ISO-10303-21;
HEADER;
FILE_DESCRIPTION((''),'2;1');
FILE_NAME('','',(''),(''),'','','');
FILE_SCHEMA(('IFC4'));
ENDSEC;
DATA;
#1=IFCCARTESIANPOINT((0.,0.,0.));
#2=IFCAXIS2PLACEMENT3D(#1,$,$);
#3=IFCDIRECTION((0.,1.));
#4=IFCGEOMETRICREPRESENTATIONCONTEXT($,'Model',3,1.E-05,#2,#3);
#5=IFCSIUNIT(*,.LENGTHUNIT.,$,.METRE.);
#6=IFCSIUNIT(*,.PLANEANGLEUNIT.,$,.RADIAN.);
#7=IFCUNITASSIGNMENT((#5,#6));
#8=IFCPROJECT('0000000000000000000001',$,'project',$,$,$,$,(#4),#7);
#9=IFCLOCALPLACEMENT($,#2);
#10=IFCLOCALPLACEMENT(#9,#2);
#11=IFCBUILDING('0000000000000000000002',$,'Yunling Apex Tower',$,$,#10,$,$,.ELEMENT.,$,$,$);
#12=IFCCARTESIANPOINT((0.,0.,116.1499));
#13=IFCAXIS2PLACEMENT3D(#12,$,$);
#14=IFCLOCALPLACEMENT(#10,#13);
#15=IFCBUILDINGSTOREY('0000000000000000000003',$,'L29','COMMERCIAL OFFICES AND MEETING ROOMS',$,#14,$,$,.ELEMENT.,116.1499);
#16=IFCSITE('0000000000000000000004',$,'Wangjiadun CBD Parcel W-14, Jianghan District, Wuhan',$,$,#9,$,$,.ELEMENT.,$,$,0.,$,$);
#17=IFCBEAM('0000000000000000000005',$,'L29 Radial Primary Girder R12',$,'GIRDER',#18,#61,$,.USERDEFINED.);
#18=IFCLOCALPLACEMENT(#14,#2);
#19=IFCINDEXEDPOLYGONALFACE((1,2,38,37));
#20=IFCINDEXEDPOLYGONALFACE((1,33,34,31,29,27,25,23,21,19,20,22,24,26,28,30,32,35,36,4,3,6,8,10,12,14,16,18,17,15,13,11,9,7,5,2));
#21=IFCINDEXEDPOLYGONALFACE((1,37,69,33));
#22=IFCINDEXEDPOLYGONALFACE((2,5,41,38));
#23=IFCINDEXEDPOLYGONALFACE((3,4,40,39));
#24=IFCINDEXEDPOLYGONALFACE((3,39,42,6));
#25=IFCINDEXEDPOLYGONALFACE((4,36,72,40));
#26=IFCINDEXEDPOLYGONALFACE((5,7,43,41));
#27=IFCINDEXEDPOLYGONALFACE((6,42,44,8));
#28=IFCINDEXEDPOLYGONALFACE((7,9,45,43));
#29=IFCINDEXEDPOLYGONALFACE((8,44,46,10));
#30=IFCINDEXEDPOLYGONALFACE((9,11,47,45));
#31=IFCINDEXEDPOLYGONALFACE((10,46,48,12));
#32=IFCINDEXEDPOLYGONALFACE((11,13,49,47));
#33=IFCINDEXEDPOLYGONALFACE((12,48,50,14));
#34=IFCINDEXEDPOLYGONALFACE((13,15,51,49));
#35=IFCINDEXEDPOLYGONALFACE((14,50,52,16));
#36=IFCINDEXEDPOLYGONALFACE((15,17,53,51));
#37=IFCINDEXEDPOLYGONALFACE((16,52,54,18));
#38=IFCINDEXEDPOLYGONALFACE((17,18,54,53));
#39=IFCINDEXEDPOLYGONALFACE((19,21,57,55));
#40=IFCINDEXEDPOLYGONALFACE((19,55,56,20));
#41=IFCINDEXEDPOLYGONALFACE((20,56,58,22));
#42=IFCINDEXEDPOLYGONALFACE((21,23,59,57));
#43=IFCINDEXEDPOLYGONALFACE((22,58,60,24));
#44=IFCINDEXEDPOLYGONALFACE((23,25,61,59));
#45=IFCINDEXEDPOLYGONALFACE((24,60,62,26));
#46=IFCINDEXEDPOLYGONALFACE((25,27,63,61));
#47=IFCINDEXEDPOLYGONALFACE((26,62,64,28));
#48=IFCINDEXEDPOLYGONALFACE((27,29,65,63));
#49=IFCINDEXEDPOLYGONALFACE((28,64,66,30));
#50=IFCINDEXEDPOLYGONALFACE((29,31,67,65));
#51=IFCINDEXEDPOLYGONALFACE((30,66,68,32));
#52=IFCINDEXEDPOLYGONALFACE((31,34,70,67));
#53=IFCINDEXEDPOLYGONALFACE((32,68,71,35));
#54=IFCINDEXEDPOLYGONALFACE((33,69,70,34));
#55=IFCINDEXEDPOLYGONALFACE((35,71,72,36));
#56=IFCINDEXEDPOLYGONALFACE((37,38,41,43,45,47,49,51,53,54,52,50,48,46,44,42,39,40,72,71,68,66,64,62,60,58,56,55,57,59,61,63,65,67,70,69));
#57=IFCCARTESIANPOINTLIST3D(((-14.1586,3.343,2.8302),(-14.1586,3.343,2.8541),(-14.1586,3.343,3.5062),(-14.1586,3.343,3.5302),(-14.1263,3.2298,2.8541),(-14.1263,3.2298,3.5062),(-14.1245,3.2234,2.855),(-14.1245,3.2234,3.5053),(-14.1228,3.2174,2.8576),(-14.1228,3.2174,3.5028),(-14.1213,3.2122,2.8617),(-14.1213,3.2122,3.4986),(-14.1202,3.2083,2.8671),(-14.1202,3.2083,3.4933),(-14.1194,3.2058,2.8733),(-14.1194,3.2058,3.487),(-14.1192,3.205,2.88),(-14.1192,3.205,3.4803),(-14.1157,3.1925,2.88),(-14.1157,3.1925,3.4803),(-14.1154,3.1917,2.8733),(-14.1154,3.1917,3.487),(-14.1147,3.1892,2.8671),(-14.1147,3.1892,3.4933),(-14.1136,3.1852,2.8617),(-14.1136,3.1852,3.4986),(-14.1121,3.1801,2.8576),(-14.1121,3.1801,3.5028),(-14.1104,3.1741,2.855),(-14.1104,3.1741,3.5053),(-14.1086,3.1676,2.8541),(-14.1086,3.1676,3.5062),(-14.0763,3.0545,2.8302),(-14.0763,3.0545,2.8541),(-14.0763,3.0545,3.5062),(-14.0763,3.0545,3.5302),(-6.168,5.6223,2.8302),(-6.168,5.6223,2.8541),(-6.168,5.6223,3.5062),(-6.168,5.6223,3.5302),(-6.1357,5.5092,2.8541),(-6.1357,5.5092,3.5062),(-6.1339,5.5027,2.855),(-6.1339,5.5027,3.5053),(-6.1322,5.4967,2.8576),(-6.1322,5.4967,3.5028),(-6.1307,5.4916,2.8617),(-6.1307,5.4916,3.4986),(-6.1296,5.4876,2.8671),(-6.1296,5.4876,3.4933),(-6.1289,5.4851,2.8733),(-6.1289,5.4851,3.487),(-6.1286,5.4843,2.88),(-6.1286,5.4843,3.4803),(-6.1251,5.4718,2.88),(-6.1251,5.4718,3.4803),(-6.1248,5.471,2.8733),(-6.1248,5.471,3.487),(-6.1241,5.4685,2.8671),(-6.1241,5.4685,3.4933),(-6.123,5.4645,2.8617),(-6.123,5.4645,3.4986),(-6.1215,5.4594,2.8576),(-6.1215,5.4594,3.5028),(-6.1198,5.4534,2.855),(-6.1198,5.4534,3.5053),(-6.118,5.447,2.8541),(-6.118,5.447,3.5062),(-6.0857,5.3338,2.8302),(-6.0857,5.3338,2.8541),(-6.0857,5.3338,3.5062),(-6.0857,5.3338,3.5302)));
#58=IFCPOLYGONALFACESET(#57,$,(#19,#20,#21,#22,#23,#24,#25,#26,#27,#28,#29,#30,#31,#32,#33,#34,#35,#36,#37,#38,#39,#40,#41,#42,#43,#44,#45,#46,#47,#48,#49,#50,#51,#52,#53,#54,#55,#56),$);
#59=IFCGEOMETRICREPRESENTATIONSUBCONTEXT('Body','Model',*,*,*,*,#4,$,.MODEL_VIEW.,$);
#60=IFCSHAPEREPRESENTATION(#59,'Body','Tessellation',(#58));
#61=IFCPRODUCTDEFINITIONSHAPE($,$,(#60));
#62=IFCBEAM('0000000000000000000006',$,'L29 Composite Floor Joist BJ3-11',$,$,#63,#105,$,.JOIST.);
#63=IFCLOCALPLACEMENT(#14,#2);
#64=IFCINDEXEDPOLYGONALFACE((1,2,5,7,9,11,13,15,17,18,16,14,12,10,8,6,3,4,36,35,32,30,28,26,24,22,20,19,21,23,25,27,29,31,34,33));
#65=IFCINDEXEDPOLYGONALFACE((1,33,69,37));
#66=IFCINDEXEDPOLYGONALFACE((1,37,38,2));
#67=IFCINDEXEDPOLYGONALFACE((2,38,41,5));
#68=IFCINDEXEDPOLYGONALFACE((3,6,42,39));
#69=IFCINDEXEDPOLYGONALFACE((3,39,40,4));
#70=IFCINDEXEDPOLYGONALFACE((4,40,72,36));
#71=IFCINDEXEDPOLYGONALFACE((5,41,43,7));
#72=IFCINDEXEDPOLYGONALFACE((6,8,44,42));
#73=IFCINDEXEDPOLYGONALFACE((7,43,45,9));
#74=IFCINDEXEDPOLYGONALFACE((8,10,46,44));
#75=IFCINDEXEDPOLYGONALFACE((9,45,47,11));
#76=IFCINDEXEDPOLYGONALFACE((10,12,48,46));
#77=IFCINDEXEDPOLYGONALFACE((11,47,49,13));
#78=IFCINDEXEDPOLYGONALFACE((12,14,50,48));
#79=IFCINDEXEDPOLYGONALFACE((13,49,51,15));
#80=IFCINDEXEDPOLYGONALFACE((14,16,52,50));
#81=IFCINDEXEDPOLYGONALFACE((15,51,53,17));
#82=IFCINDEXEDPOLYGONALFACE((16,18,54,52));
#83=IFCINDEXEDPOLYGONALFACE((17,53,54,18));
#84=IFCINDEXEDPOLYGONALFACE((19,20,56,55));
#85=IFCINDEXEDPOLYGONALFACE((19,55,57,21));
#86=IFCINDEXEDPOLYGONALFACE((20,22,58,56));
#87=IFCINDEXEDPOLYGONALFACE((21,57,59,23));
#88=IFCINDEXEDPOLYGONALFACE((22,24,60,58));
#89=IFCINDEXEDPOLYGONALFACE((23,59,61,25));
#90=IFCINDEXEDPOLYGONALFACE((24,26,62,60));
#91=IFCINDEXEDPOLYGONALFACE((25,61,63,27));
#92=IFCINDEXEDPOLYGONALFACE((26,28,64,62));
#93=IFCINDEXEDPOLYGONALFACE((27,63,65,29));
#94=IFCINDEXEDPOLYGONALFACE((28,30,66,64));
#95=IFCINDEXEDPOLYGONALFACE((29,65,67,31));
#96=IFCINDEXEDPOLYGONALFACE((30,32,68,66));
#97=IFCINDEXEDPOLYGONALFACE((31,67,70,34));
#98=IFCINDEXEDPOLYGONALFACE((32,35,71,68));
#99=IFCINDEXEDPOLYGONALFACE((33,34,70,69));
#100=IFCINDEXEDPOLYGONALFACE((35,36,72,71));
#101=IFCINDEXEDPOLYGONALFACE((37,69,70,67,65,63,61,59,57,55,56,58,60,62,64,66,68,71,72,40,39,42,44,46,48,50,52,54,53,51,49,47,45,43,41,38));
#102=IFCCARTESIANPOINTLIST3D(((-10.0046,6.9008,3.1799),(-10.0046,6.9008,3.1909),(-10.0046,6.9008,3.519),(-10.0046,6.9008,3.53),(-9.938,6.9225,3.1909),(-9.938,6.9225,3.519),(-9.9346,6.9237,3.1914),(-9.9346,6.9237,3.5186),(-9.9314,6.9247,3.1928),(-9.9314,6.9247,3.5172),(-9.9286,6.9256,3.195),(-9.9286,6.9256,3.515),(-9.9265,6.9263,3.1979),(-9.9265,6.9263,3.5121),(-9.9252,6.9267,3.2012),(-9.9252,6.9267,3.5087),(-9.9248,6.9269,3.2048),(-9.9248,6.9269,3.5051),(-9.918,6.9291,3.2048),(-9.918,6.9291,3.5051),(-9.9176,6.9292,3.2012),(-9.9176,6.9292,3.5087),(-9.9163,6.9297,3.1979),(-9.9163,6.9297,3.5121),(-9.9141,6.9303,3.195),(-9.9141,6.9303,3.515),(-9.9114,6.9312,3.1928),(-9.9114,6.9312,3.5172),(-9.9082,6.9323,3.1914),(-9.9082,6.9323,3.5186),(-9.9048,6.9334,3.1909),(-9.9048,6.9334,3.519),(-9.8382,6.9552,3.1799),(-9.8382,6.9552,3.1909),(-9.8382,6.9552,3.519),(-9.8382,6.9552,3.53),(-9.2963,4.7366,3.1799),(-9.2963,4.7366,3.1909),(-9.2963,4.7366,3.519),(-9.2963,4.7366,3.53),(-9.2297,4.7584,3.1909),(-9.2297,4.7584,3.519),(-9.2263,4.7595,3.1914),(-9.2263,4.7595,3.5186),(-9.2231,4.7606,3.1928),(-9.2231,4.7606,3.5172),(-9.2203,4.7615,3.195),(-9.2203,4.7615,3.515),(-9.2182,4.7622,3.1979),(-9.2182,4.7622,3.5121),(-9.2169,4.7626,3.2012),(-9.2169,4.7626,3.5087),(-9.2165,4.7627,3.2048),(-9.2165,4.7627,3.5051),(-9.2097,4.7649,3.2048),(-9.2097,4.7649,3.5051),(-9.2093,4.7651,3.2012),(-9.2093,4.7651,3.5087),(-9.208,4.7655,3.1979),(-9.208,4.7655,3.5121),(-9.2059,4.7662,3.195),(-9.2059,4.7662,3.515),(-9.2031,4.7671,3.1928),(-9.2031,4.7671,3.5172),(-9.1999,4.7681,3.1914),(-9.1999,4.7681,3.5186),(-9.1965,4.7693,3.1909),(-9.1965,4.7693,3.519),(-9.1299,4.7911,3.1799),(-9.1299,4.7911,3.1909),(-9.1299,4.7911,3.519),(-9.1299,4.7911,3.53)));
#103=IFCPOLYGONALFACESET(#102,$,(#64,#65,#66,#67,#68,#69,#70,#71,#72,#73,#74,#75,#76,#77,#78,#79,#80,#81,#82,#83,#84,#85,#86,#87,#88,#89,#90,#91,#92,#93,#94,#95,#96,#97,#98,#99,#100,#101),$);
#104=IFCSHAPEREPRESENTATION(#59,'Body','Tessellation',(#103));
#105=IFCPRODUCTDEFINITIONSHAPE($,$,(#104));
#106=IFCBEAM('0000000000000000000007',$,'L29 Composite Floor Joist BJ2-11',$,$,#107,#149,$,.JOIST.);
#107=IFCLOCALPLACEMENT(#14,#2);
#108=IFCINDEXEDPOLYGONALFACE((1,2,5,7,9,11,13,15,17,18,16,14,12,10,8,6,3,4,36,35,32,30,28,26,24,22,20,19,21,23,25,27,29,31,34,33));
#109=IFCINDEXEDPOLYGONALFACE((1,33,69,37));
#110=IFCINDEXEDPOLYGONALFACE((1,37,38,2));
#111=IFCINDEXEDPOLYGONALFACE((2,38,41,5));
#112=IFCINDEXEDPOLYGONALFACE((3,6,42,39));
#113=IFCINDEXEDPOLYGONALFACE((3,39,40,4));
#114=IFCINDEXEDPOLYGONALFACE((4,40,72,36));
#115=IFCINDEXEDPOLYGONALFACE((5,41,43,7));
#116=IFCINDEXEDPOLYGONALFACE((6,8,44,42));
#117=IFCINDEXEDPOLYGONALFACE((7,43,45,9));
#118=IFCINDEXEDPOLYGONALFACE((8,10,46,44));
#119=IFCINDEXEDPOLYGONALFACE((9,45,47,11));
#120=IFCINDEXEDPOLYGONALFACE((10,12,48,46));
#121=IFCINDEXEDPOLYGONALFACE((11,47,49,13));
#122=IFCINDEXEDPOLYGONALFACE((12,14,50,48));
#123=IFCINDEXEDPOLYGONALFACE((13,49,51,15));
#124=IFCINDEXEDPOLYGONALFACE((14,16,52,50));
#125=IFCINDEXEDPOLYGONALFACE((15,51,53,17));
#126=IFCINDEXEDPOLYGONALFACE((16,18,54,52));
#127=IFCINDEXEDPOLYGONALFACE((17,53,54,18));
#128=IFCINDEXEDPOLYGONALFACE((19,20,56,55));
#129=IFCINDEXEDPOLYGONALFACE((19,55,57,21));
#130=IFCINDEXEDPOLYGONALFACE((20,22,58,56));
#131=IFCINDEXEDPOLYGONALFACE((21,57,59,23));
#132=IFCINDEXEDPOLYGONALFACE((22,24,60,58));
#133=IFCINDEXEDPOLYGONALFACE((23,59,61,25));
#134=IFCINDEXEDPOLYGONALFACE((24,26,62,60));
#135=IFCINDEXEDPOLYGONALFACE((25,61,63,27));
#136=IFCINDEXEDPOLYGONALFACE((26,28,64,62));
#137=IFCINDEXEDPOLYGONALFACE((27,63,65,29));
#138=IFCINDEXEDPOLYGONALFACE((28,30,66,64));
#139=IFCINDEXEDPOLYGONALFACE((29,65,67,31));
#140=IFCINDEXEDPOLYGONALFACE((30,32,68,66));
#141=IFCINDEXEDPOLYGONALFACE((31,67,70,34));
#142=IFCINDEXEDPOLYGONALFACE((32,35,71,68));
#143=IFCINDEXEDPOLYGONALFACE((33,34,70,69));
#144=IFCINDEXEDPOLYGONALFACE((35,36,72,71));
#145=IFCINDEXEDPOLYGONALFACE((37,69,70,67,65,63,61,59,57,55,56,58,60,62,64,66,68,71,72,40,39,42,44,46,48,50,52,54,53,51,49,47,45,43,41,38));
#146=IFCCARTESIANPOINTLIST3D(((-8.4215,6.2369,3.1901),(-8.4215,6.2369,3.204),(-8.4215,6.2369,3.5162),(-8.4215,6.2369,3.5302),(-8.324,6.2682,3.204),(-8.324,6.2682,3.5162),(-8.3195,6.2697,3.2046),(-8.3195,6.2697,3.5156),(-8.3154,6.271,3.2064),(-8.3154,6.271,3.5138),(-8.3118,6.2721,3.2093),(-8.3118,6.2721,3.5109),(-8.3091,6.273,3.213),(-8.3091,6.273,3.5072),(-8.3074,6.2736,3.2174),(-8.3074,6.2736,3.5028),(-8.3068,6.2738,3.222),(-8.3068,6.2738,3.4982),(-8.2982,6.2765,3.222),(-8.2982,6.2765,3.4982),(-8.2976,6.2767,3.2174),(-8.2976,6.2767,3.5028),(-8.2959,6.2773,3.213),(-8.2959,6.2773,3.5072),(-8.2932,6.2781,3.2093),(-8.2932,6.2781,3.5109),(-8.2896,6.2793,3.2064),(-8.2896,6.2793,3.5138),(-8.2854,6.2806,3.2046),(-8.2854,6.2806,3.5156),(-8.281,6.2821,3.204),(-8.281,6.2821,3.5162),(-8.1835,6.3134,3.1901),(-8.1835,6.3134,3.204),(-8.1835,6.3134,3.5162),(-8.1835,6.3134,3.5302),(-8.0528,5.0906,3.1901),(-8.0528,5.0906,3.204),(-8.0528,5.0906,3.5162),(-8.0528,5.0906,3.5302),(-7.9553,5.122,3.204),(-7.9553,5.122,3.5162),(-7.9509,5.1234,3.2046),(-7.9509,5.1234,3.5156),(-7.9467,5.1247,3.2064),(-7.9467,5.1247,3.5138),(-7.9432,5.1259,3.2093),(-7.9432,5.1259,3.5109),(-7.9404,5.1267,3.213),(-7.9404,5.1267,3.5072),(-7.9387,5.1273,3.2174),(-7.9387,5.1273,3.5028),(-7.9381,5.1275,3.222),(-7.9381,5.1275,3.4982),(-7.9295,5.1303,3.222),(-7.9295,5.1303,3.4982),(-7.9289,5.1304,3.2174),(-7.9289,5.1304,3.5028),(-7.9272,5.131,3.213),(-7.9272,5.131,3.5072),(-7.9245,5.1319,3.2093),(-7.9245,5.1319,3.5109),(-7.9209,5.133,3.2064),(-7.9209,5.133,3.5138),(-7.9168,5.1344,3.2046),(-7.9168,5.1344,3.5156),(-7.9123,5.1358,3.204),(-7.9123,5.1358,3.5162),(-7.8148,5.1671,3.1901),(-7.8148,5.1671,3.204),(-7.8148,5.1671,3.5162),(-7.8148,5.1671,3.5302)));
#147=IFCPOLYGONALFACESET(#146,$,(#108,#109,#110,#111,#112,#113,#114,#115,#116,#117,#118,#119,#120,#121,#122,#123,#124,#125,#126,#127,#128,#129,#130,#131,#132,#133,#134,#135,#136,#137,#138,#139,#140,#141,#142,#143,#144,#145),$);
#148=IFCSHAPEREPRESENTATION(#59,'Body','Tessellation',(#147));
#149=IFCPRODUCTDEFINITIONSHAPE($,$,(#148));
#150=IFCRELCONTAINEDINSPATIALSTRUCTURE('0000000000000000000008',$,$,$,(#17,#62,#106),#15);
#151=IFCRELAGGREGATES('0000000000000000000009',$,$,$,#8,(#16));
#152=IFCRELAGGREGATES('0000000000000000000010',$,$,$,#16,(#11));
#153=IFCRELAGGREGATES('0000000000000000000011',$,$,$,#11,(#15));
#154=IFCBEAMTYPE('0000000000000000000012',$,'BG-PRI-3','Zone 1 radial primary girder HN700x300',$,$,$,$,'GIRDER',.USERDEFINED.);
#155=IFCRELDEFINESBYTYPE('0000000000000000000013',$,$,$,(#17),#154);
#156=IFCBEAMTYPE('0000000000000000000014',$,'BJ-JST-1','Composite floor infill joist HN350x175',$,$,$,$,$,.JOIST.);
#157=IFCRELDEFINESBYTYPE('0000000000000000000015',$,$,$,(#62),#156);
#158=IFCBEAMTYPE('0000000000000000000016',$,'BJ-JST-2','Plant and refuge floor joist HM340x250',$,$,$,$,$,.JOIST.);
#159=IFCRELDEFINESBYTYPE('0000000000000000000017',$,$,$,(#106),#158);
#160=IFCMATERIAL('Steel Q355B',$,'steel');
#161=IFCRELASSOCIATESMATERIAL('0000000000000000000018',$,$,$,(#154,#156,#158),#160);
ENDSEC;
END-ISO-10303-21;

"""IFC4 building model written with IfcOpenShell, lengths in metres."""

from ifc_helpers import new_model, si_unit, direction, frame, origin, origin_2d, place, context, subcontext, project, spatial, i_section, extrude, source, transform, mapped, material, material_profile, profile_set, type_object, element, save


model = new_model("IFC4")

# Units and contexts
model_context = context("Model", 3, precision=1e-05, world=origin(), true_north=direction((0.0, 1.0)))
body_context = subcontext(model_context, "Body", "Model", "MODEL_VIEW")
ifc_project = project(units=[si_unit("LENGTHUNIT", "METRE"), si_unit("PLANEANGLEUNIT", "RADIAN")], contexts=[model_context])

# Site, building, storey
site_placement = place(None, origin())
site = spatial("IfcSite", under=ifc_project, at=site_placement, Name="Wangjiadun CBD Parcel W-14, Jianghan District, Wuhan", CompositionType="ELEMENT", RefElevation=0.0)
building_placement = place(site_placement, origin())
building = spatial("IfcBuilding", under=site, at=building_placement, Name="Yunling Apex Tower", CompositionType="ELEMENT")
storey_placement = place(building_placement, frame((0.0, 0.0, 116.1499)))
storey = spatial("IfcBuildingStorey", under=building, at=storey_placement, Name="L29", Description="COMMERCIAL OFFICES AND MEETING ROOMS", CompositionType="ELEMENT", Elevation=116.1499)

# Beams
ifc_material_1 = material(Name="Steel Q355B", Category="steel")
ifc_material_profile_1 = material_profile(ifc_material_1, i_section(OverallWidth=0.3, OverallDepth=0.7, WebThickness=0.0129, FlangeThickness=0.0239, FilletRadius=0.0259, at=origin_2d()))
ifc_profile_set_1 = profile_set([ifc_material_profile_1], Name="Steel Q355B")
beam_type_1 = type_object("IfcBeamType", Name="BG-PRI-3", Description="Zone 1 radial primary girder HN700x300", ElementType="GIRDER", PredefinedType="USERDEFINED", material=ifc_profile_set_1)
shared_shape_1 = source(origin(), body_context, "Body", "SweptSolid", [
    extrude(i_section(OverallWidth=0.3, OverallDepth=0.7, WebThickness=0.0129, FlangeThickness=0.0239, FilletRadius=0.0259, at=origin_2d()), origin(), (0.0, 0.0, 1.0), 8.3093),
])
beam_1_placement = place(storey_placement, frame((-14.1174, 3.1987, 3.1802), z_axis=(0.961641, 0.27431, 0.0), x_axis=(-0.27431, 0.961641, 0.0)))
element("IfcBeam", 1, at=beam_1_placement, inside=storey, type_object=beam_type_1, Name="L29 Radial Primary Girder R12", ObjectType="GIRDER", PredefinedType="USERDEFINED", context=body_context, shape_type="MappedRepresentation", body=[
    mapped(shared_shape_1, transform((0.0, 0.0, 0.0), scale=1.0)),
])
ifc_material_profile_2 = material_profile(ifc_material_1, i_section(OverallWidth=0.175, OverallDepth=0.3501, WebThickness=0.0071, FlangeThickness=0.011, FilletRadius=0.0139, at=origin_2d()))
ifc_profile_set_2 = profile_set([ifc_material_profile_2], Name="Steel Q355B")
beam_type_2 = type_object("IfcBeamType", Name="BJ-JST-1", Description="Composite floor infill joist HN350x175", PredefinedType="JOIST", material=ifc_profile_set_2)
shared_shape_2 = source(origin(), body_context, "Body", "SweptSolid", [
    extrude(i_section(OverallWidth=0.175, OverallDepth=0.3501, WebThickness=0.0071, FlangeThickness=0.011, FilletRadius=0.0139, at=origin_2d()), origin(), (0.0, 0.0, 1.0), 2.2771),
])
beam_2_placement = place(storey_placement, frame((-9.9214, 6.928, 3.355), z_axis=(0.311044, -0.950395, 0.0), x_axis=(0.950395, 0.311044, 0.0)))
element("IfcBeam", 2, at=beam_2_placement, inside=storey, type_object=beam_type_2, Name="L29 Composite Floor Joist BJ3-11", PredefinedType="JOIST", context=body_context, shape_type="MappedRepresentation", body=[
    mapped(shared_shape_2, transform((0.0, 0.0, 0.0), scale=1.0)),
])
ifc_material_profile_3 = material_profile(ifc_material_1, i_section(OverallWidth=0.25, OverallDepth=0.3401, WebThickness=0.009, FlangeThickness=0.0139, FilletRadius=0.0181, at=origin_2d()))
ifc_profile_set_3 = profile_set([ifc_material_profile_3], Name="Steel Q355B")
beam_type_3 = type_object("IfcBeamType", Name="BJ-JST-2", Description="Plant and refuge floor joist HM340x250", PredefinedType="JOIST", material=ifc_profile_set_3)
shared_shape_3 = source(origin(), body_context, "Body", "SweptSolid", [
    extrude(i_section(OverallWidth=0.25, OverallDepth=0.3401, WebThickness=0.009, FlangeThickness=0.0139, FilletRadius=0.0181, at=origin_2d()), origin(), (0.0, 0.0, 1.0), 1.2041),
])
beam_3_placement = place(storey_placement, frame((-8.3025, 6.2751, 3.3601), z_axis=(0.306173, -0.951976, 0.0), x_axis=(0.951976, 0.306173, 0.0)))
element("IfcBeam", 3, at=beam_3_placement, inside=storey, type_object=beam_type_3, Name="L29 Composite Floor Joist BJ2-11", PredefinedType="JOIST", context=body_context, shape_type="MappedRepresentation", body=[
    mapped(shared_shape_3, transform((0.0, 0.0, 0.0), scale=1.0)),
])

save(model, "model.ifc")
